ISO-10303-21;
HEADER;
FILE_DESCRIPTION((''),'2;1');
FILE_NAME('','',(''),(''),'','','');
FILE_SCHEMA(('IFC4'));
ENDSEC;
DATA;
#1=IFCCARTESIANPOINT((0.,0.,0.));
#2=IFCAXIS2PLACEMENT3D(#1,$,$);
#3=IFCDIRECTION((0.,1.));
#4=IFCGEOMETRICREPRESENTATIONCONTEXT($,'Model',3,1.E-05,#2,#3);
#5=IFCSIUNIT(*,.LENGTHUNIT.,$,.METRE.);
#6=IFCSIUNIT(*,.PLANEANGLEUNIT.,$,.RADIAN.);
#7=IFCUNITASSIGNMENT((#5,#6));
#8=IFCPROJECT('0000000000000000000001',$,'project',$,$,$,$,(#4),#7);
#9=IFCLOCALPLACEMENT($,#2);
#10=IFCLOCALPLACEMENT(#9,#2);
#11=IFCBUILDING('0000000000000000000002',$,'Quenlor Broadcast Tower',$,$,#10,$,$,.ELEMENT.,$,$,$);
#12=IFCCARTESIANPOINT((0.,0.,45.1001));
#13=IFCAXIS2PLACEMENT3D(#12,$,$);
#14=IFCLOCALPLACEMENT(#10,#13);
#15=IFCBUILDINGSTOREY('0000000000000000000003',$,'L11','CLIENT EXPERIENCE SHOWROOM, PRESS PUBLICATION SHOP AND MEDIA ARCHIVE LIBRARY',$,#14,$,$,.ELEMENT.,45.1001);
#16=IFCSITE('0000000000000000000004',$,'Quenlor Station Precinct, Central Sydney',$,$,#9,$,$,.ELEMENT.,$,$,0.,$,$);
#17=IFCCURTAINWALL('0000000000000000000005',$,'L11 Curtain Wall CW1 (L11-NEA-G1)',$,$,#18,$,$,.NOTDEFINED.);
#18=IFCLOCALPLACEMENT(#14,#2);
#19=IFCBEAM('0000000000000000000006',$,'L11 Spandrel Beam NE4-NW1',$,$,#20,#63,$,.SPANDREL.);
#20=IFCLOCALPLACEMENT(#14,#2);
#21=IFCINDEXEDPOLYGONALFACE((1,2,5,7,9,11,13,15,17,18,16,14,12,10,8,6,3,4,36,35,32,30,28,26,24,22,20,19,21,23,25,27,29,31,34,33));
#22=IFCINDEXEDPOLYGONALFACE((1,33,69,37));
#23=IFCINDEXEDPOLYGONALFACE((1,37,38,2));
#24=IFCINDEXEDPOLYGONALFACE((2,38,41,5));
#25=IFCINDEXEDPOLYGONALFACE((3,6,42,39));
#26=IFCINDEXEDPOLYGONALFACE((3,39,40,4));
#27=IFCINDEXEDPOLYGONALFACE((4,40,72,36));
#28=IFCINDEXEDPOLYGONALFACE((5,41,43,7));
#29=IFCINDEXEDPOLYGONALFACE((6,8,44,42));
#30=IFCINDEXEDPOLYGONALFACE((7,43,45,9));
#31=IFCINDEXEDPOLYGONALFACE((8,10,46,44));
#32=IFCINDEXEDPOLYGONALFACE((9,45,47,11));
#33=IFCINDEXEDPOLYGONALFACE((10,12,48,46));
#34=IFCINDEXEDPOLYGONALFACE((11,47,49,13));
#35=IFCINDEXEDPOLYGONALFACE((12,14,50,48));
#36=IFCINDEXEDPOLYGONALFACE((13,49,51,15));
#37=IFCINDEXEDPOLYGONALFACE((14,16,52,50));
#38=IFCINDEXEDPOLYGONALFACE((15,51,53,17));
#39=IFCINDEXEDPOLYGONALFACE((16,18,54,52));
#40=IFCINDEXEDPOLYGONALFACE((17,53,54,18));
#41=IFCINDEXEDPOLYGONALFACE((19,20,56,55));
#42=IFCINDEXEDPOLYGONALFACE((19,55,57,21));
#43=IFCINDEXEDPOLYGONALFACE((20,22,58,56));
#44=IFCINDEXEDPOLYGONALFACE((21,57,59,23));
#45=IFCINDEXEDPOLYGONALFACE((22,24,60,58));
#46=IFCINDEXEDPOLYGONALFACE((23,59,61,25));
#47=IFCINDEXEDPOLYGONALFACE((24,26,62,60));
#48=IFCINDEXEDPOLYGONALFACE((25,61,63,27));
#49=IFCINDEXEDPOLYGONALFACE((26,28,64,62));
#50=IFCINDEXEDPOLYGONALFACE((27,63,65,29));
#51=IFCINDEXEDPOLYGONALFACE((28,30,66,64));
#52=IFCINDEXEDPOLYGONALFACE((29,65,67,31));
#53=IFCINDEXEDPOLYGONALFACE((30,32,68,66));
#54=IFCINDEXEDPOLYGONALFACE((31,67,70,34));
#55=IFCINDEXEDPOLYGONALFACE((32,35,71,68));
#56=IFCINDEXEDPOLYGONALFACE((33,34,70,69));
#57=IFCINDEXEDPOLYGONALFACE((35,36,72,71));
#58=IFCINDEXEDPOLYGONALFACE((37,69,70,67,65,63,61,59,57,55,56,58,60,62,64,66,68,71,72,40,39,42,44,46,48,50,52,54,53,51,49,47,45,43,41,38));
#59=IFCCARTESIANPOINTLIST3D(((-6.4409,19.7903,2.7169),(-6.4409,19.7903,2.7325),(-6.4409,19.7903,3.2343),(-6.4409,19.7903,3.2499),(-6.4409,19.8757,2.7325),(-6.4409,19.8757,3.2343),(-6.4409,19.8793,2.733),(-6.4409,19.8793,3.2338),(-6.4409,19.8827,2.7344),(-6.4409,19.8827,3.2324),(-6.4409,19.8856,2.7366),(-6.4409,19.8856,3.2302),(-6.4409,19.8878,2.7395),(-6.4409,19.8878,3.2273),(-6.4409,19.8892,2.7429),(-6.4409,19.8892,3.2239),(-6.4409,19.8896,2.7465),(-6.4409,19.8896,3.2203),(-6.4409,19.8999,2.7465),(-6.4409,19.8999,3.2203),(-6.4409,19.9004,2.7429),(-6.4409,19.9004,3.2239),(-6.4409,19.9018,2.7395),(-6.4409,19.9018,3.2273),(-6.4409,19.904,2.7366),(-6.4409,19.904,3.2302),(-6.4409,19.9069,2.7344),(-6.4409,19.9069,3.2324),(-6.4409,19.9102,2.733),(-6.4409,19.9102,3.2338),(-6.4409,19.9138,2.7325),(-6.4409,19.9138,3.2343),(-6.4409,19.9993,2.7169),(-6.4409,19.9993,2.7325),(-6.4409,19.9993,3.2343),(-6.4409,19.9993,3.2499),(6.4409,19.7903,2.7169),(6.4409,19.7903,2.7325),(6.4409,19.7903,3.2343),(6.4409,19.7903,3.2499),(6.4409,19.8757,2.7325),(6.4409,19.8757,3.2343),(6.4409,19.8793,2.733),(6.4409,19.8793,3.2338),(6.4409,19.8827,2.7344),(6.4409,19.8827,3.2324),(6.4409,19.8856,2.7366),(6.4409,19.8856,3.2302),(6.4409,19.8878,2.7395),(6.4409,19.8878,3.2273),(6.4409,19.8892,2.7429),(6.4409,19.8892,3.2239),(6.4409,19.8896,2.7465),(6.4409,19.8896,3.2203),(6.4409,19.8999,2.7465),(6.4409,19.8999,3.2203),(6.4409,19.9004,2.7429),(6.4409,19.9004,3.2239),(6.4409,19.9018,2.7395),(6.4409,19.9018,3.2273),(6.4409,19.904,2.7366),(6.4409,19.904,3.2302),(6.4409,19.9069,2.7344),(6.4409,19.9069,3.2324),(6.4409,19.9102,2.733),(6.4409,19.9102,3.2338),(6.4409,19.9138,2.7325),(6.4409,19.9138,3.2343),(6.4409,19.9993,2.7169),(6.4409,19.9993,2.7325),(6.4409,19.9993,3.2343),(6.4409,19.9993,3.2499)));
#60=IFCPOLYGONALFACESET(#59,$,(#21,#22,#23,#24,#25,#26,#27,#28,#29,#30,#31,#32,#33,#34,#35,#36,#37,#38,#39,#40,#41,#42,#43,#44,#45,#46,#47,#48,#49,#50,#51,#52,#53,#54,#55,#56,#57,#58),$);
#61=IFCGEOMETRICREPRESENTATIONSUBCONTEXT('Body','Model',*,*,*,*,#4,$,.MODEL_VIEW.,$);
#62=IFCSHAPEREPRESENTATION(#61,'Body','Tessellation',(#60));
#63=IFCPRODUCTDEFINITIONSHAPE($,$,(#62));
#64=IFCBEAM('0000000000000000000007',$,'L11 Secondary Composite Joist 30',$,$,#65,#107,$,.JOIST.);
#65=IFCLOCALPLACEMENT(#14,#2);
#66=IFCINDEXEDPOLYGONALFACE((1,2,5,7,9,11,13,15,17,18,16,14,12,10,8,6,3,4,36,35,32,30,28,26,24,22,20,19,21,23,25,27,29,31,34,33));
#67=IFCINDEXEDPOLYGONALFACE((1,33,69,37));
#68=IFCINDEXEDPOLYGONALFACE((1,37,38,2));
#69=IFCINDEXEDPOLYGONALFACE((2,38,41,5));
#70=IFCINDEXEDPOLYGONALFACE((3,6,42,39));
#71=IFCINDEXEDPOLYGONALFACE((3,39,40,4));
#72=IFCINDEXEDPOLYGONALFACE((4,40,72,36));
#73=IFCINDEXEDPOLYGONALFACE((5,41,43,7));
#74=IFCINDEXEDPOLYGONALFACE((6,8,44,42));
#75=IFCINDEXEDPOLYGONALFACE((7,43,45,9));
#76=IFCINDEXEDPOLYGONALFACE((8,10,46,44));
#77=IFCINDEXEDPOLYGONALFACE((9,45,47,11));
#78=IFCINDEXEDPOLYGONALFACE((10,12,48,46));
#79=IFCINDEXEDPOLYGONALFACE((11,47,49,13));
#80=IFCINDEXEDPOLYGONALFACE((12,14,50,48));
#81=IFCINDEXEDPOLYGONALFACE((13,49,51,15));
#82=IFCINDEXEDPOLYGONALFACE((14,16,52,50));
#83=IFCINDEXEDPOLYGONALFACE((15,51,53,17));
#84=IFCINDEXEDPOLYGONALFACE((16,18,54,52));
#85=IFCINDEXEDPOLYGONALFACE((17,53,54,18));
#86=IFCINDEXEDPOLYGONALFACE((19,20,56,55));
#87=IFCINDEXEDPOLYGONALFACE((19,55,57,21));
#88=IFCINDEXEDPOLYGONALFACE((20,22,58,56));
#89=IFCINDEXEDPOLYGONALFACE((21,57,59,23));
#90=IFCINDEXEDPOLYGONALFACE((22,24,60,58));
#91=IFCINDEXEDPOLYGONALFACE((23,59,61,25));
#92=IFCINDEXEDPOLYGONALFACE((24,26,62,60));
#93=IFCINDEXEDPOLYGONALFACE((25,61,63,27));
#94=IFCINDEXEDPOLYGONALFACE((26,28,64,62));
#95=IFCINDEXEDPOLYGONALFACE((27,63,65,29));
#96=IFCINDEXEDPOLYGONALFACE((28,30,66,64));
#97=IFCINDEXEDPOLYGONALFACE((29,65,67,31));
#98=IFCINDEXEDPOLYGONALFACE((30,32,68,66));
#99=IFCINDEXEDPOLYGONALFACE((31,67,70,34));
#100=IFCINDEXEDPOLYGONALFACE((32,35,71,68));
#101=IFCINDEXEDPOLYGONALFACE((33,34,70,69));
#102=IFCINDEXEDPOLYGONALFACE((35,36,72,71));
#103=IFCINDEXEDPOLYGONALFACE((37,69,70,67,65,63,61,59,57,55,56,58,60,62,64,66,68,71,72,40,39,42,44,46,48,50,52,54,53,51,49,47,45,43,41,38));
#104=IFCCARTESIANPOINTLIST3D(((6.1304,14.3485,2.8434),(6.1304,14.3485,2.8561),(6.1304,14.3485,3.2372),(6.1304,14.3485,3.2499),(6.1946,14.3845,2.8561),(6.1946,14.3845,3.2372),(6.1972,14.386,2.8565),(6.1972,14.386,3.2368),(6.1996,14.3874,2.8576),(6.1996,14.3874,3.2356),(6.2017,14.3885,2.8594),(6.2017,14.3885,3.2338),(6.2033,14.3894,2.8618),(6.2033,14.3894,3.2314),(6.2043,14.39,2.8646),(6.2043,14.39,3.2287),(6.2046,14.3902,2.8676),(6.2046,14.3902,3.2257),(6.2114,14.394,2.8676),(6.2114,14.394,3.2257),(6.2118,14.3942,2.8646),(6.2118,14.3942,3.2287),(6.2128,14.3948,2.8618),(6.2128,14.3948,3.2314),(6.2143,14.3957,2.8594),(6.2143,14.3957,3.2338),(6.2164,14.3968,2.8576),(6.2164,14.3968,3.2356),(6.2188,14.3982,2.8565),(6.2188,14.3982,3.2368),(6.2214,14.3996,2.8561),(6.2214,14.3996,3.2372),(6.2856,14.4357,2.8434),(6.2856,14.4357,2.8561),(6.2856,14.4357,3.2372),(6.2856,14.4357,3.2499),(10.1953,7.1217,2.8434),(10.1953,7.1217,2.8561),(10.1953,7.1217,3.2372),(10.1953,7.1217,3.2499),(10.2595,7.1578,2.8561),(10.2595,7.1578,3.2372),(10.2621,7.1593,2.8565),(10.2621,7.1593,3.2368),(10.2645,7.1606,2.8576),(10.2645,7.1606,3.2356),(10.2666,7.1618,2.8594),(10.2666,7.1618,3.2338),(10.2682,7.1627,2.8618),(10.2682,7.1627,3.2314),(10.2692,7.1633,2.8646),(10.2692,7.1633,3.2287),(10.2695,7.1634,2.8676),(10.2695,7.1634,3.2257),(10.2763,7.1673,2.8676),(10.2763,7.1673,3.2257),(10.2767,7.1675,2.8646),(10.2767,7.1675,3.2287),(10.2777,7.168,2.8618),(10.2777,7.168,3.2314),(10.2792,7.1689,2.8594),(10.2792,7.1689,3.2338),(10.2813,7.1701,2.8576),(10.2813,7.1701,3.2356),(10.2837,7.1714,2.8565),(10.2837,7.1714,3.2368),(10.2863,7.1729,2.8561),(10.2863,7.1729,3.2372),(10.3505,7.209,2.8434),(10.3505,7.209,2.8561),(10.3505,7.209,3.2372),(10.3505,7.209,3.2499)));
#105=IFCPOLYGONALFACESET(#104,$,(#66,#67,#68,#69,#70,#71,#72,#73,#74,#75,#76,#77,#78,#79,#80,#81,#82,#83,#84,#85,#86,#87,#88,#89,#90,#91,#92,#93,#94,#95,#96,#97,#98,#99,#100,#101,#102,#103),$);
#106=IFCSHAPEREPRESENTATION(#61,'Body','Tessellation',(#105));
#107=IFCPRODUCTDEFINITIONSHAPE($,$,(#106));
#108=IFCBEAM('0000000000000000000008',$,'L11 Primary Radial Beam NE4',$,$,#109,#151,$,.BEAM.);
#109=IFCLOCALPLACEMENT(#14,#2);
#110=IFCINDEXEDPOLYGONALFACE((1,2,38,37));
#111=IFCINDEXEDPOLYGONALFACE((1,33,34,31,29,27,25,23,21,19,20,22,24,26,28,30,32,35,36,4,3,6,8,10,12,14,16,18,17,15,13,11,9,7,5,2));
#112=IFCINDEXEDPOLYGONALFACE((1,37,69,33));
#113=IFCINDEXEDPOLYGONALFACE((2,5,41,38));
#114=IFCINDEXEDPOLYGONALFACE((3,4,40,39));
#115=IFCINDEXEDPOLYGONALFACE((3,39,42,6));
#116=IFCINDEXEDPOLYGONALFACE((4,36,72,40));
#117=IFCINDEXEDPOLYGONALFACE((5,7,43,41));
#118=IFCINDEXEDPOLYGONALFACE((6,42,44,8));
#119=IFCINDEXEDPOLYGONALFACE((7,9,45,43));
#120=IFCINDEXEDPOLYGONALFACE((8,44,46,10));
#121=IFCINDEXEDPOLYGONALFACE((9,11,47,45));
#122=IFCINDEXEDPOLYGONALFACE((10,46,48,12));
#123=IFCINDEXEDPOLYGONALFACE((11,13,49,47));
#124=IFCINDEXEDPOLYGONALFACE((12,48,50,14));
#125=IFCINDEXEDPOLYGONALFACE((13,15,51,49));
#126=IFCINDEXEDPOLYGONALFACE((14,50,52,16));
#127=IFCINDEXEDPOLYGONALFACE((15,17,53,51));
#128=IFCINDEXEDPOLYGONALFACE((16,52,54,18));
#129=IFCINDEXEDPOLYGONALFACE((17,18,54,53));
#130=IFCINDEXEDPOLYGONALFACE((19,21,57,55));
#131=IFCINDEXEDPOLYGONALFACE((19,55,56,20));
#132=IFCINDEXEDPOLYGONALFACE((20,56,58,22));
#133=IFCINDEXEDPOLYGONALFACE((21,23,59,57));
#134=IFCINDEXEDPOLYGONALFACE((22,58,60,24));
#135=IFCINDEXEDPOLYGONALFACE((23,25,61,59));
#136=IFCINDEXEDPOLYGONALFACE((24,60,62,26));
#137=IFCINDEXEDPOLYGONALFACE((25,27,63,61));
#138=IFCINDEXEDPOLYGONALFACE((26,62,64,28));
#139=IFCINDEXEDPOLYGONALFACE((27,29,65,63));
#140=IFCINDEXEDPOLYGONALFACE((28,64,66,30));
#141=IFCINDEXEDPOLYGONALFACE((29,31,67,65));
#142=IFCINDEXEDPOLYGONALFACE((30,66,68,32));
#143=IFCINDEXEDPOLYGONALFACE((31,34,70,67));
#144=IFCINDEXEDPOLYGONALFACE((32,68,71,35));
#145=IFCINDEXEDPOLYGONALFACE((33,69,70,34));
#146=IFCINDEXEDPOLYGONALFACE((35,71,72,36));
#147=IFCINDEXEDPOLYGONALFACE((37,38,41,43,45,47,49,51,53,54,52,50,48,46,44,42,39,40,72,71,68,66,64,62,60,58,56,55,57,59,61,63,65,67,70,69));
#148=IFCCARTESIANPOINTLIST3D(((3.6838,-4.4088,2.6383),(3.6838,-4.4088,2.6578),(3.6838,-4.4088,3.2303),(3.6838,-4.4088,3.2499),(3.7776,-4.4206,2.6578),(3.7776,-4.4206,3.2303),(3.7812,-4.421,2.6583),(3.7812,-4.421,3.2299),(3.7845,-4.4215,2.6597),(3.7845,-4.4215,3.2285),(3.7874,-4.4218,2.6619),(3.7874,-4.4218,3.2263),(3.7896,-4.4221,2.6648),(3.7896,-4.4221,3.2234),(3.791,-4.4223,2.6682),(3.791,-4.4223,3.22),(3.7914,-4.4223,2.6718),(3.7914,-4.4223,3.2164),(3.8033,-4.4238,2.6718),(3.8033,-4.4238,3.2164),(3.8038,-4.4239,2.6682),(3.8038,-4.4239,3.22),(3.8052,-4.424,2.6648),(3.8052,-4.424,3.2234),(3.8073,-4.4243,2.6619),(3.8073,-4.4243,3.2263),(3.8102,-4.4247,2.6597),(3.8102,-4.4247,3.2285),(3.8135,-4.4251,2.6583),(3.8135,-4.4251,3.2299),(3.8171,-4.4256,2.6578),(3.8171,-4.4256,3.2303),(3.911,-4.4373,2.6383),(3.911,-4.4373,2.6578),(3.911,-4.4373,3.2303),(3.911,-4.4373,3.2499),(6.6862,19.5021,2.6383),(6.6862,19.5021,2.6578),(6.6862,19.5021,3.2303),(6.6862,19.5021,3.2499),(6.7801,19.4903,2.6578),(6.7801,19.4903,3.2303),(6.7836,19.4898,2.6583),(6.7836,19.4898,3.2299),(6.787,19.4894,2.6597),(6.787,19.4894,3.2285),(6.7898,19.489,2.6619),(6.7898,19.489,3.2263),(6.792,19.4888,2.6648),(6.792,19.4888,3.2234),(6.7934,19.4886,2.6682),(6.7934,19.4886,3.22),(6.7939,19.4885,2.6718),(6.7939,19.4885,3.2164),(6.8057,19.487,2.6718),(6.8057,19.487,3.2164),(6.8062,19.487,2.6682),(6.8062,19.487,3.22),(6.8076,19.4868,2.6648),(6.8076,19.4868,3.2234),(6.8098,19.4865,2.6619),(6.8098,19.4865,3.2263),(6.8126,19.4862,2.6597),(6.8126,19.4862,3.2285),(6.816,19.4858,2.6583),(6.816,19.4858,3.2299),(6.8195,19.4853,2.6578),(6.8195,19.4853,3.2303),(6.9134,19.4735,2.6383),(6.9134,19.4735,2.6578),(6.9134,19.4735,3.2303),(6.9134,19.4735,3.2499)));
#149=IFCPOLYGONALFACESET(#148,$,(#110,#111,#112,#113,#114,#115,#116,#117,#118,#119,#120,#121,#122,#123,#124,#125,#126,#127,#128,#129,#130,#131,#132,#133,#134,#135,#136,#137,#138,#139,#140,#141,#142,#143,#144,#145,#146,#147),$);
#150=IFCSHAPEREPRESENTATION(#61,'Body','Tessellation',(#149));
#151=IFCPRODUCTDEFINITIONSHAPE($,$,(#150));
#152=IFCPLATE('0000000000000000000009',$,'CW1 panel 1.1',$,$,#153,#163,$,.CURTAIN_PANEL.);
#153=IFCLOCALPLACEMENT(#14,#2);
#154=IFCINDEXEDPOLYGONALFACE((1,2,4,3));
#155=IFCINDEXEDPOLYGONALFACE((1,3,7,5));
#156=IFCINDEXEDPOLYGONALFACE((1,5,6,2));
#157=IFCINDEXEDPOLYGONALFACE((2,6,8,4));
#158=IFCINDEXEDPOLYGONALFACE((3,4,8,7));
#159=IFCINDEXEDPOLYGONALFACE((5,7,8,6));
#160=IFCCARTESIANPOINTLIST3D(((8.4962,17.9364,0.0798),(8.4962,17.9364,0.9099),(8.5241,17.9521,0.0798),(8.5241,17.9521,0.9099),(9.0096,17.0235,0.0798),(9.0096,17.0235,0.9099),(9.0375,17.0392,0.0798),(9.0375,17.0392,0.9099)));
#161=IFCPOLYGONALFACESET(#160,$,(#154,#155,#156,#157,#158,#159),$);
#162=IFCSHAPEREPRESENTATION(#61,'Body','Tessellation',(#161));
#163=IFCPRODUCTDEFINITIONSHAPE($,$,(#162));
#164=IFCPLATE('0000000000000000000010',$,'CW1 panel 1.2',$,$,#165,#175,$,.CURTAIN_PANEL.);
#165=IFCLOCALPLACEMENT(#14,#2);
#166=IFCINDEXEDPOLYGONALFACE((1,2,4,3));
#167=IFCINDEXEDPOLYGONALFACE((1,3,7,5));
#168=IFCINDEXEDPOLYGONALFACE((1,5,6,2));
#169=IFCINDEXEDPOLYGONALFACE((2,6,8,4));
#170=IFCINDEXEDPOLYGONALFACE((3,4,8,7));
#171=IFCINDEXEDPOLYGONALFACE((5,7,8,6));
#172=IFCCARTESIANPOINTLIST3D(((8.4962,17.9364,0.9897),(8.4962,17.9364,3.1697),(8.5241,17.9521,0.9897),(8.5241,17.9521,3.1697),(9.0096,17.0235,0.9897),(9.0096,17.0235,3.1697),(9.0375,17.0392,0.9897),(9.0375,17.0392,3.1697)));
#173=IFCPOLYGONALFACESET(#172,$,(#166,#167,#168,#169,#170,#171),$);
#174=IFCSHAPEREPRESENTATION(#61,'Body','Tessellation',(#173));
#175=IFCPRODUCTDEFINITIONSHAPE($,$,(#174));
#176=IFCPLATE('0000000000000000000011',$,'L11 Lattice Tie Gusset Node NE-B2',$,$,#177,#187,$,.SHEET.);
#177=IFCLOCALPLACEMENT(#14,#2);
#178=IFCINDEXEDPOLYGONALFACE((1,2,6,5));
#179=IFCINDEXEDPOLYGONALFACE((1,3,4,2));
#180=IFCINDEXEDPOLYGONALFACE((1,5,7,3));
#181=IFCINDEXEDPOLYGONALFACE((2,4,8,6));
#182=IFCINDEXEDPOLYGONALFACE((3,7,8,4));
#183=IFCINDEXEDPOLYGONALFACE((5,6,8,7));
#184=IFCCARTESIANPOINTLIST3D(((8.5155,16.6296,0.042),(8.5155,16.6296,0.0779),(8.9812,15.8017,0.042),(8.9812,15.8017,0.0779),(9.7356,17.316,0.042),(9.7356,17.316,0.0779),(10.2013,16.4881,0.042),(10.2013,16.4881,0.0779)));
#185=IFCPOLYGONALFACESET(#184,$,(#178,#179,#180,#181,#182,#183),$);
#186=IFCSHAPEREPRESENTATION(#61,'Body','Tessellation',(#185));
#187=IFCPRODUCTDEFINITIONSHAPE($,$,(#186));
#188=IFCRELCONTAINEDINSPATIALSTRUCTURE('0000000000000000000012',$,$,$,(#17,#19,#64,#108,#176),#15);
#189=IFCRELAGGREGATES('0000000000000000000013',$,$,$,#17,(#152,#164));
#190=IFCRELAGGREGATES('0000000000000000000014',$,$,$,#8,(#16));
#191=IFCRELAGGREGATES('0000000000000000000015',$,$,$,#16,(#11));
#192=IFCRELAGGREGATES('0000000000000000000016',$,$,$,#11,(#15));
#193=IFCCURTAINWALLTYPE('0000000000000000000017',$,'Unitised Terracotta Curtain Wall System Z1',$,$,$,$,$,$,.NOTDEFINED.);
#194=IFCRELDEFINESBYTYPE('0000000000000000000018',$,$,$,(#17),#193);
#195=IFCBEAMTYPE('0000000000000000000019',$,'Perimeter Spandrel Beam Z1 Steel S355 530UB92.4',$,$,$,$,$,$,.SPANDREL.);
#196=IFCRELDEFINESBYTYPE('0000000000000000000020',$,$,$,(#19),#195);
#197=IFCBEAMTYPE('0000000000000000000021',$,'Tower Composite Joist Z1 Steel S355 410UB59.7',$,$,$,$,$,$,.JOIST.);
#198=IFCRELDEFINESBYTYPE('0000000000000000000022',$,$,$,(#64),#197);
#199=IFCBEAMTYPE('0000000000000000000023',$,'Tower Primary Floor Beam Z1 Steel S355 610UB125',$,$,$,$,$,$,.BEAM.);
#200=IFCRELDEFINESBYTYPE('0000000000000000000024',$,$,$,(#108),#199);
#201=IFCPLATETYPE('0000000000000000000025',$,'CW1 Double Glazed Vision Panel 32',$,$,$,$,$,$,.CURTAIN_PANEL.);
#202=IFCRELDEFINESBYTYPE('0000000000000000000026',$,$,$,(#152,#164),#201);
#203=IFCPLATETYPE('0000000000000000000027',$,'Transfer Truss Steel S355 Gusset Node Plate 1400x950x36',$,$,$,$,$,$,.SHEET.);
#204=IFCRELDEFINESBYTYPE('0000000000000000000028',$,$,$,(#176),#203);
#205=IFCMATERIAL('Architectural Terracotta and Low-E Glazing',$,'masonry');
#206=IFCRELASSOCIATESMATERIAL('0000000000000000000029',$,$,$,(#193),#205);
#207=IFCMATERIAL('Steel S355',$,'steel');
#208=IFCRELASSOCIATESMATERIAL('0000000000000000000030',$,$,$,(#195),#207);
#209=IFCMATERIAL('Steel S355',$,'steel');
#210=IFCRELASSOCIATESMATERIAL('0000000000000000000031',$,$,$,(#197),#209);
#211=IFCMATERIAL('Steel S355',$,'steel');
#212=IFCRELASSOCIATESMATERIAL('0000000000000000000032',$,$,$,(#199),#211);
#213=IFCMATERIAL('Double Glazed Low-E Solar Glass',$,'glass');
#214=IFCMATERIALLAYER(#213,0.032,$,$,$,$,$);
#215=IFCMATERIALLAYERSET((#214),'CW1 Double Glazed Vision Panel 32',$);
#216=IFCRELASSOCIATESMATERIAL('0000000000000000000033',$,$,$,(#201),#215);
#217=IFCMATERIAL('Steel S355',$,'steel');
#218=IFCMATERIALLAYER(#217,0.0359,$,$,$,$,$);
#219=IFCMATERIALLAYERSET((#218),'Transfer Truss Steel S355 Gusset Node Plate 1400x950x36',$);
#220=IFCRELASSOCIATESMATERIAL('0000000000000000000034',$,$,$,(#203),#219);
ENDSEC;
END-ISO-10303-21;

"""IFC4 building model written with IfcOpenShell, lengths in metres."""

from ifc_helpers import new_model, si_unit, direction, frame, origin, origin_2d, place, context, subcontext, project, spatial, rectangle, i_section, extrude, material, layer, layer_set, material_profile, profile_set, type_object, element, aggregate, save


model = new_model("IFC4")

# Units and contexts
model_context = context("Model", 3, precision=1e-05, world=origin(), true_north=direction((0.0, 1.0)))
body_context = subcontext(model_context, "Body", "Model", "MODEL_VIEW")
ifc_project = project(units=[si_unit("LENGTHUNIT", "METRE"), si_unit("PLANEANGLEUNIT", "RADIAN")], contexts=[model_context])

# Site, building, storey
site_placement = place(None, origin())
site = spatial("IfcSite", under=ifc_project, at=site_placement, Name="Quenlor Station Precinct, Central Sydney", CompositionType="ELEMENT", RefElevation=0.0)
building_placement = place(site_placement, origin())
building = spatial("IfcBuilding", under=site, at=building_placement, Name="Quenlor Broadcast Tower", CompositionType="ELEMENT")
storey_placement = place(building_placement, frame((0.0, 0.0, 45.1001)))
storey = spatial("IfcBuildingStorey", under=building, at=storey_placement, Name="L11", Description="CLIENT EXPERIENCE SHOWROOM, PRESS PUBLICATION SHOP AND MEDIA ARCHIVE LIBRARY", CompositionType="ELEMENT", Elevation=45.1001)

# Curtain wall
ifc_material_1 = material(Name="Architectural Terracotta and Low-E Glazing", Category="masonry")
curtain_wall_type = type_object("IfcCurtainWallType", Name="Unitised Terracotta Curtain Wall System Z1", PredefinedType="NOTDEFINED", material=ifc_material_1)
curtain_wall_placement = place(storey_placement, origin())
curtain_wall = element("IfcCurtainWall", 1, at=curtain_wall_placement, inside=storey, type_object=curtain_wall_type, Name="L11 Curtain Wall CW1 (L11-NEA-G1)", PredefinedType="NOTDEFINED")

# Beams
ifc_material_2 = material(Name="Steel S355", Category="steel")
ifc_material_profile_1 = material_profile(ifc_material_2, i_section(OverallWidth=0.209, OverallDepth=0.533, WebThickness=0.0103, FlangeThickness=0.0156, FilletRadius=0.0139, at=origin_2d()))
ifc_profile_set_1 = profile_set([ifc_material_profile_1], Name="Steel S355 530UB92.4")
beam_type_1 = type_object("IfcBeamType", Name="Perimeter Spandrel Beam Z1 Steel S355 530UB92.4", PredefinedType="SPANDREL", material=ifc_profile_set_1)
beam_1_placement = place(storey_placement, frame((6.4409, 19.8948, 2.9834), z_axis=(-1.0, 0.0, 0.0), x_axis=(0.0, -1.0, 0.0)))
element("IfcBeam", 2, at=beam_1_placement, inside=storey, type_object=beam_type_1, Name="L11 Spandrel Beam NE4-NW1", PredefinedType="SPANDREL", context=body_context, shape_type="SweptSolid", body=[
    extrude(i_section(OverallWidth=0.209, OverallDepth=0.533, WebThickness=0.0103, FlangeThickness=0.0156, FilletRadius=0.0139, at=origin_2d()), origin(), (0.0, 0.0, 1.0), 12.8818),
])
ifc_material_3 = material(Name="Steel S355", Category="steel")
ifc_material_profile_2 = material_profile(ifc_material_3, i_section(OverallWidth=0.178, OverallDepth=0.4065, WebThickness=0.0078, FlangeThickness=0.0127, FilletRadius=0.0115, at=origin_2d()))
ifc_profile_set_2 = profile_set([ifc_material_profile_2], Name="Steel S355 410UB59.7")
beam_type_2 = type_object("IfcBeamType", Name="Tower Composite Joist Z1 Steel S355 410UB59.7", PredefinedType="JOIST", material=ifc_profile_set_2)
beam_2_placement = place(storey_placement, frame((6.208, 14.3921, 3.0466), z_axis=(0.490249, -0.871583, 0.0), x_axis=(0.871583, 0.490249, 0.0)))
element("IfcBeam", 3, at=beam_2_placement, inside=storey, type_object=beam_type_2, Name="L11 Secondary Composite Joist 30", PredefinedType="JOIST", context=body_context, shape_type="SweptSolid", body=[
    extrude(i_section(OverallWidth=0.178, OverallDepth=0.4065, WebThickness=0.0078, FlangeThickness=0.0127, FilletRadius=0.0115, at=origin_2d()), origin(), (0.0, 0.0, 1.0), 8.2915),
])
ifc_material_4 = material(Name="Steel S355", Category="steel")
ifc_material_profile_3 = material_profile(ifc_material_4, i_section(OverallWidth=0.229, OverallDepth=0.6116, WebThickness=0.012, FlangeThickness=0.0195, FilletRadius=0.0139, at=origin_2d()))
ifc_profile_set_3 = profile_set([ifc_material_profile_3], Name="Steel S355 610UB125")
beam_type_3 = type_object("IfcBeamType", Name="Tower Primary Floor Beam Z1 Steel S355 610UB125", PredefinedType="BEAM", material=ifc_profile_set_3)
beam_3_placement = place(storey_placement, frame((6.7998, 19.4878, 2.9441), z_axis=(-0.12459, -0.992208, 0.0), x_axis=(0.992208, -0.12459, 0.0)))
element("IfcBeam", 4, at=beam_3_placement, inside=storey, type_object=beam_type_3, Name="L11 Primary Radial Beam NE4", PredefinedType="BEAM", context=body_context, shape_type="SweptSolid", body=[
    extrude(i_section(OverallWidth=0.229, OverallDepth=0.6116, WebThickness=0.012, FlangeThickness=0.0195, FilletRadius=0.0139, at=origin_2d()), origin(), (0.0, 0.0, 1.0), 24.0986),
])

# Plates
ifc_material_5 = material(Name="Double Glazed Low-E Solar Glass", Category="glass")
ifc_layer_1 = layer(ifc_material_5, 0.032)
ifc_layer_set_1 = layer_set([ifc_layer_1], Name="CW1 Double Glazed Vision Panel 32")
plate_type_1 = type_object("IfcPlateType", Name="CW1 Double Glazed Vision Panel 32", PredefinedType="CURTAIN_PANEL", material=ifc_layer_set_1)
plate_1_placement = place(storey_placement, frame((8.7668, 17.4878, 0.0798), z_axis=(0.0, 0.0, 1.0), x_axis=(0.490214, -0.871602, 0.0)))
plate_1 = element("IfcPlate", 5, at=plate_1_placement, type_object=plate_type_1, Name="CW1 panel 1.1", PredefinedType="CURTAIN_PANEL", context=body_context, shape_type="SweptSolid", body=[
    extrude(rectangle(XDim=1.0474, YDim=0.032, at=origin_2d()), origin(), (0.0, 0.0, 1.0), 0.8301),
])
plate_2_placement = place(storey_placement, frame((8.7668, 17.4878, 0.9897), z_axis=(0.0, 0.0, 1.0), x_axis=(0.490214, -0.871602, 0.0)))
plate_2 = element("IfcPlate", 6, at=plate_2_placement, type_object=plate_type_1, Name="CW1 panel 1.2", PredefinedType="CURTAIN_PANEL", context=body_context, shape_type="SweptSolid", body=[
    extrude(rectangle(XDim=1.0474, YDim=0.032, at=origin_2d()), origin(), (0.0, 0.0, 1.0), 2.1799),
])
aggregate(curtain_wall, [plate_1, plate_2])

# Plate
ifc_material_6 = material(Name="Steel S355", Category="steel")
ifc_layer_2 = layer(ifc_material_6, 0.0359)
ifc_layer_set_2 = layer_set([ifc_layer_2], Name="Transfer Truss Steel S355 Gusset Node Plate 1400x950x36")
plate_type_2 = type_object("IfcPlateType", Name="Transfer Truss Steel S355 Gusset Node Plate 1400x950x36", PredefinedType="SHEET", material=ifc_layer_set_2)
for number, where, z_axis, x_axis, name in (
    (7, (9.3584, 16.5588, 0.042), (0.0, 0.0, 1.0), (0.871556, 0.490295, 0.0), "L11 Lattice Tie Gusset Node NE-B2"),
):
    element("IfcPlate", number, at=place(storey_placement, frame(where, z_axis=z_axis, x_axis=x_axis)), inside=storey, type_object=plate_type_2, Name=name, PredefinedType="SHEET", context=body_context, shape_type="SweptSolid", body=[
        extrude(rectangle(XDim=1.3999, YDim=0.95, at=origin_2d()), origin(), (0.0, 0.0, 1.0), 0.0359),
    ])

save(model, "model.ifc")
